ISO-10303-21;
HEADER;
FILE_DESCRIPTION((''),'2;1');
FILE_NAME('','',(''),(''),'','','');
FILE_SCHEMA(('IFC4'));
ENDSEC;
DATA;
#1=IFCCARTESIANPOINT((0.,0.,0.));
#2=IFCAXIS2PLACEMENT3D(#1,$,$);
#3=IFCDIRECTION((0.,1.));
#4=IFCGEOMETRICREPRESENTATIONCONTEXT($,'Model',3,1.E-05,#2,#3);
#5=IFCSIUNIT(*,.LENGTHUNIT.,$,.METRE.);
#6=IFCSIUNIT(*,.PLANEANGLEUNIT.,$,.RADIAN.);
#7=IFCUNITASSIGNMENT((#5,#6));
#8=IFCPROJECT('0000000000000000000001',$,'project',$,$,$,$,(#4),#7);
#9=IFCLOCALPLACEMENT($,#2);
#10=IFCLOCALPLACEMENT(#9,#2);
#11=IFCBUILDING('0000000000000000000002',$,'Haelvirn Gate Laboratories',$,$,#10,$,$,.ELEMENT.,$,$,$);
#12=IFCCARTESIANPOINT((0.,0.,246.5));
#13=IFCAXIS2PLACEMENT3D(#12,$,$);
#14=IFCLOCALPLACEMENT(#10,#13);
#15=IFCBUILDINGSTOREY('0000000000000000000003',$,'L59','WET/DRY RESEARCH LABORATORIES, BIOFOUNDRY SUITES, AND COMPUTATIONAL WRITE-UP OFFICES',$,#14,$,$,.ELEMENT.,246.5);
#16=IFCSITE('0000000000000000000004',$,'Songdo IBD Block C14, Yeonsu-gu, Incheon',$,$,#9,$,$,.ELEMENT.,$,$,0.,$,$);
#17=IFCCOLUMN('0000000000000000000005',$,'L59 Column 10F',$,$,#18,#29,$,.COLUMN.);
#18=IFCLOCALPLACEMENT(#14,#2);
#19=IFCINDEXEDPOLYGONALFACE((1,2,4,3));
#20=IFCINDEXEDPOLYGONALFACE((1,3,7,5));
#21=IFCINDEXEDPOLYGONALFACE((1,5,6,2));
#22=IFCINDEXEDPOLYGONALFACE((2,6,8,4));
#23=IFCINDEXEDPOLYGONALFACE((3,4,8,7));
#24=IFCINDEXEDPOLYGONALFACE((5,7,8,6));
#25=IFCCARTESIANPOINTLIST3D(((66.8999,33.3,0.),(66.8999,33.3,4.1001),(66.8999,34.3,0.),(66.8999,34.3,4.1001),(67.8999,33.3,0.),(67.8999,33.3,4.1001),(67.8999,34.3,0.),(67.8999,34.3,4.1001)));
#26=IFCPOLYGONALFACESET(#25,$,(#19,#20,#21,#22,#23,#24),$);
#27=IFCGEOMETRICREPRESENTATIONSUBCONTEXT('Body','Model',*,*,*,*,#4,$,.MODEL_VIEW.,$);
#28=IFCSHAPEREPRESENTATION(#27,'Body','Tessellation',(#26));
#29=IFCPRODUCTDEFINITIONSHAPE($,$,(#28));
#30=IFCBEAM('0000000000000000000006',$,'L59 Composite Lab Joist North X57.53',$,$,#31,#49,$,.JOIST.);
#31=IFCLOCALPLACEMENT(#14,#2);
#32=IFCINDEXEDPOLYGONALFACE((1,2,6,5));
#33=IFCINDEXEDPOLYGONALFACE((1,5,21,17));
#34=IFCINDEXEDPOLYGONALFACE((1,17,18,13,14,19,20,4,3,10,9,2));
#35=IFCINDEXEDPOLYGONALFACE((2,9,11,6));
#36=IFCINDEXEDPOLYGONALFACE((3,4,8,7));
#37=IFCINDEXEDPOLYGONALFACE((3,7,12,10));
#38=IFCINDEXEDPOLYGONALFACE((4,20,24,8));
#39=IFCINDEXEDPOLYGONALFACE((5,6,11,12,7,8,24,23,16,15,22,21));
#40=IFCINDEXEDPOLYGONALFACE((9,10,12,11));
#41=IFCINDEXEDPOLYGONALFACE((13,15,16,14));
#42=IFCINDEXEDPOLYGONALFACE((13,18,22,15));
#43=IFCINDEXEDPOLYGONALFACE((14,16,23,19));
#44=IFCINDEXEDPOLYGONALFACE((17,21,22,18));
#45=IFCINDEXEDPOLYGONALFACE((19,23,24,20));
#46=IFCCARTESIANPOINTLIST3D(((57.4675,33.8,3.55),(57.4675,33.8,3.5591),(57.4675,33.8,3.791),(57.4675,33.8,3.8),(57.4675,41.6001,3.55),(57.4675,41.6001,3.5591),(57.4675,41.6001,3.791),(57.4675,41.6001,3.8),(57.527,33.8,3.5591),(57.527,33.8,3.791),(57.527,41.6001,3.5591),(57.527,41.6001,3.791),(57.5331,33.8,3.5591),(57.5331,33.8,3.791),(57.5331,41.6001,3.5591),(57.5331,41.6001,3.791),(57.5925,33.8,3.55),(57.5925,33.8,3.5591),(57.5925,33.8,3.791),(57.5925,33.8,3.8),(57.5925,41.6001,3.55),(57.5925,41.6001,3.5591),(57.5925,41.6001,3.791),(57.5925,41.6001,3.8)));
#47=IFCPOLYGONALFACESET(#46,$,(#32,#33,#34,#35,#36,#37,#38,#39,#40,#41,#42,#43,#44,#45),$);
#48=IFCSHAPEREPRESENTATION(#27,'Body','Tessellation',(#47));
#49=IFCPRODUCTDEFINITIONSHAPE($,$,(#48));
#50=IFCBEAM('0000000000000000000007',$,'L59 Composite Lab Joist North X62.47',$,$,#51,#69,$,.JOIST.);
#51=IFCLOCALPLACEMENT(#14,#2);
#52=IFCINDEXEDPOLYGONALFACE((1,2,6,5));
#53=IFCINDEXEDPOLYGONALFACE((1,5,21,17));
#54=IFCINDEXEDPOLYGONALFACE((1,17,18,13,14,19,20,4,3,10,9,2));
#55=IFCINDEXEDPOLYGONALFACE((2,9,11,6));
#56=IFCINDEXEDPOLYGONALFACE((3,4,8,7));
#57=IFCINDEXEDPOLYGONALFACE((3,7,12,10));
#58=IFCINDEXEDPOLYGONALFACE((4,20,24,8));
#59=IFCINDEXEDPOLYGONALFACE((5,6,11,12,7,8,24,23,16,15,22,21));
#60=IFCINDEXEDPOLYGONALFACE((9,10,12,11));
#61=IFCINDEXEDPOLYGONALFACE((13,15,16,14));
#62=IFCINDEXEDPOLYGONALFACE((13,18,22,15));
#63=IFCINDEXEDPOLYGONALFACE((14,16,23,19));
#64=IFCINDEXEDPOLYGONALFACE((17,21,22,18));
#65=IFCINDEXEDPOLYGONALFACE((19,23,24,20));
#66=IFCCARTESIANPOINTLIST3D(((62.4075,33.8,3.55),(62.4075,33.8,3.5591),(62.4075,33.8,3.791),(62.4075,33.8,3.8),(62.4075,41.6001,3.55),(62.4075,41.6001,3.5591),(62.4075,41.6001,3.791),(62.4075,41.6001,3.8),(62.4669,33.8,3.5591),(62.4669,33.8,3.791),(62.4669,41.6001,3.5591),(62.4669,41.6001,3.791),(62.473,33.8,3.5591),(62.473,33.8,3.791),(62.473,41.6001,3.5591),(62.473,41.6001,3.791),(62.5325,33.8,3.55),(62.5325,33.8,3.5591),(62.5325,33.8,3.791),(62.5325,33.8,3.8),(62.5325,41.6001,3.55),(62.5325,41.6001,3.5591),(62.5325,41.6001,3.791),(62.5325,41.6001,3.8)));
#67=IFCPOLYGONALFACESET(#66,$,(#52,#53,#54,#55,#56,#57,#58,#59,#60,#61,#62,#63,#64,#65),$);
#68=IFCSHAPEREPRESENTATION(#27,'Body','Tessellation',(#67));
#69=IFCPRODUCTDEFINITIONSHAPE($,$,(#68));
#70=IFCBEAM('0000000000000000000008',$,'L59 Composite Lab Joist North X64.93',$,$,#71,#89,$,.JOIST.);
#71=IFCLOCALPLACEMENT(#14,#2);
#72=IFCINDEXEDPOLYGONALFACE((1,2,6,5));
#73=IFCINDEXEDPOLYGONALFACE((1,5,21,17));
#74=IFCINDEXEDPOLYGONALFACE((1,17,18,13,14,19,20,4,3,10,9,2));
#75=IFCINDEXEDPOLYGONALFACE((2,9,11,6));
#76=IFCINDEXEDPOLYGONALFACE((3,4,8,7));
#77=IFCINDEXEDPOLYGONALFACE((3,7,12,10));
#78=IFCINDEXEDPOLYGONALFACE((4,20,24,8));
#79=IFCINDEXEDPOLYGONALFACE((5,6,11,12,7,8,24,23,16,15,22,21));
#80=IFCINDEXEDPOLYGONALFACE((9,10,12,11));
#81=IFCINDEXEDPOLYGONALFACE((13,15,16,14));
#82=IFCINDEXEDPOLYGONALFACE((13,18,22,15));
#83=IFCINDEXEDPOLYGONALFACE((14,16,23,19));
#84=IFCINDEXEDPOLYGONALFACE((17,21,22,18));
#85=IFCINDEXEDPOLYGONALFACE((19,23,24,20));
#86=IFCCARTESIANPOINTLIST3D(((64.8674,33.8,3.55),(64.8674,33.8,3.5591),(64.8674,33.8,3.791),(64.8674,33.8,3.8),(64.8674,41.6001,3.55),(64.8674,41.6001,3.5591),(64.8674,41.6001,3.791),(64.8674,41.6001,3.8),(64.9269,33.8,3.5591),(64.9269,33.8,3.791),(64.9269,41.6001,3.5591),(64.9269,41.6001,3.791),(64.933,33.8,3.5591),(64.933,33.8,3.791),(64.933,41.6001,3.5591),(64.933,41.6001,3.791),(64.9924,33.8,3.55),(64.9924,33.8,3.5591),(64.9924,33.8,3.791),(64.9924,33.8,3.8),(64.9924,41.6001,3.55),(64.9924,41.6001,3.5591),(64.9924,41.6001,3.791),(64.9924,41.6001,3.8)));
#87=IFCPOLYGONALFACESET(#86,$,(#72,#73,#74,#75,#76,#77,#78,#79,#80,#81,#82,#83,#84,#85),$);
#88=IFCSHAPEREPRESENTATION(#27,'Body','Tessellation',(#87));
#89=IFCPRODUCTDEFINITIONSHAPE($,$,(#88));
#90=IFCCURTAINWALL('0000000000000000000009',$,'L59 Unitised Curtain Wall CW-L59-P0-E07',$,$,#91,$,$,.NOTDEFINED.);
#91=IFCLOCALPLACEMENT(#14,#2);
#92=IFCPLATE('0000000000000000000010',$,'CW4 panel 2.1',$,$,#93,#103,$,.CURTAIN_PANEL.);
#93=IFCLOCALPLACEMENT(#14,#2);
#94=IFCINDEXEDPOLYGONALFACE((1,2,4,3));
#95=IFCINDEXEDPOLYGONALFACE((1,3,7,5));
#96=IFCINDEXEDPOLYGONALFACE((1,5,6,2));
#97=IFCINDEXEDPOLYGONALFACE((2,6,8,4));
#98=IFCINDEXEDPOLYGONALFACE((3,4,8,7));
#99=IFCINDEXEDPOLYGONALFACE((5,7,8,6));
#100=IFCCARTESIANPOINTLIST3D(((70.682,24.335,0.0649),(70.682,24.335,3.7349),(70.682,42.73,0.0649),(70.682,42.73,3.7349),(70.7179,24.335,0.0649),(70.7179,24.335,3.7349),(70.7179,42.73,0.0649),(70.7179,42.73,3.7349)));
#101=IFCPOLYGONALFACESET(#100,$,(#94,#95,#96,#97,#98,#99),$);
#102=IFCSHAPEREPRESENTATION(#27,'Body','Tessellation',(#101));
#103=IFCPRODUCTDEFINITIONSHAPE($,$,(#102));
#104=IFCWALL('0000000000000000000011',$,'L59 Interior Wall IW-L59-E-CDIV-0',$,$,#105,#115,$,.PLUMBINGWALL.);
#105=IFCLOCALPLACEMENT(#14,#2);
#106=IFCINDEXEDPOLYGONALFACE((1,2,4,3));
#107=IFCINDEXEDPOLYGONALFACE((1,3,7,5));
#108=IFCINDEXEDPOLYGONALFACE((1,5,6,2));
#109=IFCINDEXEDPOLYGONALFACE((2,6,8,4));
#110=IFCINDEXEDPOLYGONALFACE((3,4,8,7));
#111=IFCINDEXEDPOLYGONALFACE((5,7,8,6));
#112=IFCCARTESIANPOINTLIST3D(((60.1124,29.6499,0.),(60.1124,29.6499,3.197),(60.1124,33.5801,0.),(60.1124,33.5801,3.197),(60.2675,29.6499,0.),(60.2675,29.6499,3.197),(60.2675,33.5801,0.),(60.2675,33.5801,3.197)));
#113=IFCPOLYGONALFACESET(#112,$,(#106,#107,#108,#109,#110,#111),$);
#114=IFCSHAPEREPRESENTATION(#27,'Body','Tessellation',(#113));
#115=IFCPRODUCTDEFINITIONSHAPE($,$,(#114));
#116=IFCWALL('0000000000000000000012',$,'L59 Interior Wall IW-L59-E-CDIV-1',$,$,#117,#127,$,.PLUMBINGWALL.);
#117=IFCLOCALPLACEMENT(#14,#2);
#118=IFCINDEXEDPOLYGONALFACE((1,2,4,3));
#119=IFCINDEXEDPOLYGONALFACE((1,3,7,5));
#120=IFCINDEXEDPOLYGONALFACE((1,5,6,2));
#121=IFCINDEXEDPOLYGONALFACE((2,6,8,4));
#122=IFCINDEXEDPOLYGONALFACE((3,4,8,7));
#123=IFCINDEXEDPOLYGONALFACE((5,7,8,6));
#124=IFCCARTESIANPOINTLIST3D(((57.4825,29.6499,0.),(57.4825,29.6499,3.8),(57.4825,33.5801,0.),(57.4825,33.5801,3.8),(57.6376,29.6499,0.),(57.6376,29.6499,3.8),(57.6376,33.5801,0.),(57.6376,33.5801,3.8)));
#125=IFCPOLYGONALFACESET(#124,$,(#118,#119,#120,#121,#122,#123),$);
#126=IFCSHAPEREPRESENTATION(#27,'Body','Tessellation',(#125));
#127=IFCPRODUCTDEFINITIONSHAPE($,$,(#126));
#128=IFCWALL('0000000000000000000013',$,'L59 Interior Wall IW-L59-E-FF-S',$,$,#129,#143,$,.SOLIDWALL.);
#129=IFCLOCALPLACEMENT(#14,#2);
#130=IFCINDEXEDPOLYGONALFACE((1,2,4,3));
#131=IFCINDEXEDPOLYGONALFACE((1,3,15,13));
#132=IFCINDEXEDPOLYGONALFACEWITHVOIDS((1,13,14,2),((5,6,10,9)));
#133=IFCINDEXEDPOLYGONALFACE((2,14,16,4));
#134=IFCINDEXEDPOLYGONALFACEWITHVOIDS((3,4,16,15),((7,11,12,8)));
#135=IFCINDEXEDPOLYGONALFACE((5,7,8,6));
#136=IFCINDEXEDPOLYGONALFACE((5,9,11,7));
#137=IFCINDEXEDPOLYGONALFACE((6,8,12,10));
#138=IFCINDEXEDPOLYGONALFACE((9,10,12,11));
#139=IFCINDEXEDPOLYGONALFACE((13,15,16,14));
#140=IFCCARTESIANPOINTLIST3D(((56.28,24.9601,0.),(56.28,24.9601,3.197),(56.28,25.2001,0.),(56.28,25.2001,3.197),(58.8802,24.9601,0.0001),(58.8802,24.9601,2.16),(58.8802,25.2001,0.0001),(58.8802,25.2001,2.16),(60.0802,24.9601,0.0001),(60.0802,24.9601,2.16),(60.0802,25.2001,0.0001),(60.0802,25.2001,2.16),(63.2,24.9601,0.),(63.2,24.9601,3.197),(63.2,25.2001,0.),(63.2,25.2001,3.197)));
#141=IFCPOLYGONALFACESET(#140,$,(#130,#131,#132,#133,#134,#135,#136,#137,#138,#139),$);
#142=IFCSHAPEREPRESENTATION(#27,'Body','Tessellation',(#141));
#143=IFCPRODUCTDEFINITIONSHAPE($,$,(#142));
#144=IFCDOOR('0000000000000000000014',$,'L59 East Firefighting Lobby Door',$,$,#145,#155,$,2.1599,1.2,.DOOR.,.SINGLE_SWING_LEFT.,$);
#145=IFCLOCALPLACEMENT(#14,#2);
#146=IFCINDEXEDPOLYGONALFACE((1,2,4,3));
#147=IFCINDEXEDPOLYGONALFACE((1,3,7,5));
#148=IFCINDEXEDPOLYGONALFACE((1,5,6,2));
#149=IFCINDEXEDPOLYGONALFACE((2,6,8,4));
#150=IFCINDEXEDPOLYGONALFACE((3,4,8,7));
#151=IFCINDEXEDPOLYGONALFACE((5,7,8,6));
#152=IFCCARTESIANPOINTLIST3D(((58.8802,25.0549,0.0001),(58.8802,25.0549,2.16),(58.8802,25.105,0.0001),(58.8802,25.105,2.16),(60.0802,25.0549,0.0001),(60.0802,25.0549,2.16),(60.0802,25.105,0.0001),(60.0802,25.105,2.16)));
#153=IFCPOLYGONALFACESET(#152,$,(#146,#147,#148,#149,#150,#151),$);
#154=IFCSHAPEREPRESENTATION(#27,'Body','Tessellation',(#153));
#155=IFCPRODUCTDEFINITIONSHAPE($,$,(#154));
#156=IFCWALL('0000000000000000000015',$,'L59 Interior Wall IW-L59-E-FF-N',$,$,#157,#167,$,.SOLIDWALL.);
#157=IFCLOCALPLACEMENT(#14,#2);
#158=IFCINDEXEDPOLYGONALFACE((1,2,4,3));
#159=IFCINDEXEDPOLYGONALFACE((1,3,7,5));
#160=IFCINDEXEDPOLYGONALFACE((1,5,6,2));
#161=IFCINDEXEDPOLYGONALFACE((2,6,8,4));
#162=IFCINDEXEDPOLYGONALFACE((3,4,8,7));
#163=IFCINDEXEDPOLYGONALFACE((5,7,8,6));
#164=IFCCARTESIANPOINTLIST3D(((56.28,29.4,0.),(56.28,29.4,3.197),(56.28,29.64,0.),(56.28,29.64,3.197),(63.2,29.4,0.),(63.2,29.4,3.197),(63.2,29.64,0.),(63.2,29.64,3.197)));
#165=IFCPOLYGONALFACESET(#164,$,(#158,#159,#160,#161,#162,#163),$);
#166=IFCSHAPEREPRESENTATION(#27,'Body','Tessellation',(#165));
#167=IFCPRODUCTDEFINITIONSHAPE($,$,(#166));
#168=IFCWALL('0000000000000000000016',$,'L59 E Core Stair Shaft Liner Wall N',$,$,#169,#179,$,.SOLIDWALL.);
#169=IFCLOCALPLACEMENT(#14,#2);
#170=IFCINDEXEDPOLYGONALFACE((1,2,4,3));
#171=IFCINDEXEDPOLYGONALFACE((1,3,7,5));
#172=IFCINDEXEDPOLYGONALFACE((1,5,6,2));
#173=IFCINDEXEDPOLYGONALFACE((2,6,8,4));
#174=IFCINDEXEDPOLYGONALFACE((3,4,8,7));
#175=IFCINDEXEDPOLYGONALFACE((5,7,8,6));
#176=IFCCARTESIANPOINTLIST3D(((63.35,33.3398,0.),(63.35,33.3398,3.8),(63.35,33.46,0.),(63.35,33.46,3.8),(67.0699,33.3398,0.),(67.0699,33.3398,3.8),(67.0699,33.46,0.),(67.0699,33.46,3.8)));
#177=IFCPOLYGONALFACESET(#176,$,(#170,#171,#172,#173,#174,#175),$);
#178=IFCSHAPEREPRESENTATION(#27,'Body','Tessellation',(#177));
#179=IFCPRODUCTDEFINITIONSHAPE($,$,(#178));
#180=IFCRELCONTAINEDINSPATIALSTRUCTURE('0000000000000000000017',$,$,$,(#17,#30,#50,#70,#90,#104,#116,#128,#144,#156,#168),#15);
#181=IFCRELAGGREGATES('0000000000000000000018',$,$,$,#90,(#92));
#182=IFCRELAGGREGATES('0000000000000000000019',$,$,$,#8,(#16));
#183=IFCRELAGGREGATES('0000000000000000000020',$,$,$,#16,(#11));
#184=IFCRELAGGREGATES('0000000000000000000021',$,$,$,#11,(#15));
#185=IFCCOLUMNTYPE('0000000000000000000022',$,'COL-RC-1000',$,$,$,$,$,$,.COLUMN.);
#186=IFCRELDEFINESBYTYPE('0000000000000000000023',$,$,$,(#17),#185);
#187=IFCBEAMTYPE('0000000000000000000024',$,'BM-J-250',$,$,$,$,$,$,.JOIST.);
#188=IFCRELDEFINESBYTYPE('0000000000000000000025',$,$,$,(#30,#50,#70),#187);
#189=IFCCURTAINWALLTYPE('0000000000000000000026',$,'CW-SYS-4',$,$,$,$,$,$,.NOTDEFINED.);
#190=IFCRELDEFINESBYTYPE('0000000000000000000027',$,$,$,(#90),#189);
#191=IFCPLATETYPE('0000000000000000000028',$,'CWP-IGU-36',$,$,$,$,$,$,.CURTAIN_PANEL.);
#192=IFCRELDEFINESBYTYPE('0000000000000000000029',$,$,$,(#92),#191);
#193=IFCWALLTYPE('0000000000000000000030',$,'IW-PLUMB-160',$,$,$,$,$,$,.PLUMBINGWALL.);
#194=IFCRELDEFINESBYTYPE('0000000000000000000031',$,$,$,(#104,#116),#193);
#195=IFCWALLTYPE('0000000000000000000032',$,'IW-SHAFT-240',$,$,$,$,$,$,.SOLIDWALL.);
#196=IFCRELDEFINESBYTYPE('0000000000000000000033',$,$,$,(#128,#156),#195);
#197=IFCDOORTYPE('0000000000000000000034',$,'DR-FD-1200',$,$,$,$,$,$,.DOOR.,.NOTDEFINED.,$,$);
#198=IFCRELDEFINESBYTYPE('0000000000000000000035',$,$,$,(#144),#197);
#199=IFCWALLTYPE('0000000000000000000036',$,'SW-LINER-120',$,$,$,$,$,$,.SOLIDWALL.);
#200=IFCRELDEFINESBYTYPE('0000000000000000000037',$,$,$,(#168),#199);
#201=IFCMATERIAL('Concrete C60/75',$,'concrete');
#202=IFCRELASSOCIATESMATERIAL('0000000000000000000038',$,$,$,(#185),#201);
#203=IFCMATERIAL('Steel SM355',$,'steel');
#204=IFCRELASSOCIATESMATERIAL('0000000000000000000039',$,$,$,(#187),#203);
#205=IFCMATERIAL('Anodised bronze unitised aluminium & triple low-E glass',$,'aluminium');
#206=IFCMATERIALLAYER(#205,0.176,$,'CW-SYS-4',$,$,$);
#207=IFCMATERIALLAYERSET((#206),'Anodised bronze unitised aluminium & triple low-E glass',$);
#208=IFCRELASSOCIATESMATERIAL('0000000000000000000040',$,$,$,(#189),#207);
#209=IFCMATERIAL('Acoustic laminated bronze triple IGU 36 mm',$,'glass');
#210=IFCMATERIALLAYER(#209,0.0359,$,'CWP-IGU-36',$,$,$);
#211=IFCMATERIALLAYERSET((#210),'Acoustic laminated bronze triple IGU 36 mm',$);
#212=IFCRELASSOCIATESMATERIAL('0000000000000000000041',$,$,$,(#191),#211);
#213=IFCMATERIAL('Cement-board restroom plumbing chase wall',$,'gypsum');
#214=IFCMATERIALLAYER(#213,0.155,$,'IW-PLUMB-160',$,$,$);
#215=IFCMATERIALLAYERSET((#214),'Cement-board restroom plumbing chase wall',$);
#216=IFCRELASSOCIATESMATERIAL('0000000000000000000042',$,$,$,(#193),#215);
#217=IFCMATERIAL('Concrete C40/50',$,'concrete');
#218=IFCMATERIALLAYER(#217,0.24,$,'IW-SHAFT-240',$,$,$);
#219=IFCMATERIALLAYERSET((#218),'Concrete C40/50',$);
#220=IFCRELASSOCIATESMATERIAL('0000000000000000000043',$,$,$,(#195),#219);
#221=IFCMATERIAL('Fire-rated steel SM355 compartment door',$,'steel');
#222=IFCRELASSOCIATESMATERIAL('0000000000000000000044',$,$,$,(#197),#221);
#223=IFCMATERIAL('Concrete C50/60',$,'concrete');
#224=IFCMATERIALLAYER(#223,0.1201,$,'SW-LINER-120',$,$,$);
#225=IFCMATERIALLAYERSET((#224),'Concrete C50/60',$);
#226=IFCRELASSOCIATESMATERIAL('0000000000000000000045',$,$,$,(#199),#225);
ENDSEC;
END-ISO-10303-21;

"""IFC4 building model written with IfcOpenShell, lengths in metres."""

from ifc_helpers import new_model, si_unit, direction, frame, frame_2d, origin, origin_2d, place, context, subcontext, project, spatial, rectangle, i_section, extrude, source, transform, mapped, material, layer, layer_set, material_profile, profile_set, type_object, type_shapes, element, fill, aggregate, save


model = new_model("IFC4")

# Units and contexts
model_context = context("Model", 3, precision=1e-05, world=origin(), true_north=direction((0.0, 1.0)))
body_context = subcontext(model_context, "Body", "Model", "MODEL_VIEW")
ifc_project = project(units=[si_unit("LENGTHUNIT", "METRE"), si_unit("PLANEANGLEUNIT", "RADIAN")], contexts=[model_context])

# Site, building, storey
site_placement = place(None, origin())
site = spatial("IfcSite", under=ifc_project, at=site_placement, Name="Songdo IBD Block C14, Yeonsu-gu, Incheon", CompositionType="ELEMENT", RefElevation=0.0)
building_placement = place(site_placement, origin())
building = spatial("IfcBuilding", under=site, at=building_placement, Name="Haelvirn Gate Laboratories", CompositionType="ELEMENT")
storey_placement = place(building_placement, frame((0.0, 0.0, 246.5)))
storey = spatial("IfcBuildingStorey", under=building, at=storey_placement, Name="L59", Description="WET/DRY RESEARCH LABORATORIES, BIOFOUNDRY SUITES, AND COMPUTATIONAL WRITE-UP OFFICES", CompositionType="ELEMENT", Elevation=246.5)

# Column
ifc_material_1 = material(Name="Concrete C60/75", Category="concrete")
ifc_material_profile_1 = material_profile(ifc_material_1, rectangle(XDim=1.0, YDim=1.0, at=origin_2d()), Name="RC-1000x1000")
ifc_profile_set_1 = profile_set([ifc_material_profile_1], Name="Concrete C60/75")
column_type = type_object("IfcColumnType", Name="COL-RC-1000", PredefinedType="COLUMN", material=ifc_profile_set_1)
shared_shape_1 = source(origin(), body_context, "Body", "SweptSolid", [
    extrude(rectangle(XDim=1.0, YDim=1.0, at=origin_2d()), origin(), (0.0, 0.0, 1.0), 4.1001),
])
type_shapes(column_type, [shared_shape_1])
column_placement = place(storey_placement, frame((67.3999, 33.8, 0.0), z_axis=(0.0, 0.0, 1.0), x_axis=(1.0, 0.0, 0.0)))
element("IfcColumn", 1, at=column_placement, inside=storey, type_object=column_type, Name="L59 Column 10F", PredefinedType="COLUMN", context=body_context, shape_type="MappedRepresentation", body=[
    mapped(shared_shape_1, transform((0.0, 0.0, 0.0), scale=1.0)),
])

# Beams
ifc_material_2 = material(Name="Steel SM355", Category="steel")
ifc_material_profile_2 = material_profile(ifc_material_2, i_section(OverallWidth=0.125, OverallDepth=0.25, WebThickness=0.0061, FlangeThickness=0.009, at=origin_2d()), Name="H-250x125x6x9")
ifc_profile_set_2 = profile_set([ifc_material_profile_2], Name="Steel SM355")
beam_type = type_object("IfcBeamType", Name="BM-J-250", PredefinedType="JOIST", material=ifc_profile_set_2)
shared_shape_2 = source(origin(), body_context, "Body", "SweptSolid", [
    extrude(i_section(OverallWidth=0.125, OverallDepth=0.25, WebThickness=0.0061, FlangeThickness=0.009, at=origin_2d()), origin(), (0.0, 0.0, 1.0), 7.8),
])
type_shapes(beam_type, [shared_shape_2])
for number, where, z_axis, x_axis, name in (
    (2, (57.53, 33.8, 3.675), (0.0, 1.0, 0.0), (-1.0, 0.0, 0.0), "L59 Composite Lab Joist North X57.53"),
    (3, (62.47, 33.8, 3.675), (0.0, 1.0, 0.0), (-1.0, 0.0, 0.0), "L59 Composite Lab Joist North X62.47"),
    (4, (64.9299, 33.8, 3.675), (0.0, 1.0, 0.0), (-1.0, 0.0, 0.0), "L59 Composite Lab Joist North X64.93"),
):
    element("IfcBeam", number, at=place(storey_placement, frame(where, z_axis=z_axis, x_axis=x_axis)), inside=storey, type_object=beam_type, Name=name, PredefinedType="JOIST", context=body_context, shape_type="MappedRepresentation", body=[
        mapped(shared_shape_2, transform((0.0, 0.0, 0.0), scale=1.0)),
    ])

# Curtain wall, plate
ifc_material_3 = material(Name="Anodised bronze unitised aluminium & triple low-E glass", Category="aluminium")
ifc_layer_1 = layer(ifc_material_3, 0.176, Name="CW-SYS-4")
ifc_layer_set_1 = layer_set([ifc_layer_1], Name="Anodised bronze unitised aluminium & triple low-E glass")
curtain_wall_type = type_object("IfcCurtainWallType", Name="CW-SYS-4", PredefinedType="NOTDEFINED", material=ifc_layer_set_1)
curtain_wall_placement = place(storey_placement, origin())
curtain_wall = element("IfcCurtainWall", 5, at=curtain_wall_placement, inside=storey, type_object=curtain_wall_type, Name="L59 Unitised Curtain Wall CW-L59-P0-E07", PredefinedType="NOTDEFINED")
ifc_material_4 = material(Name="Acoustic laminated bronze triple IGU 36 mm", Category="glass")
ifc_layer_2 = layer(ifc_material_4, 0.0359, Name="CWP-IGU-36")
ifc_layer_set_2 = layer_set([ifc_layer_2], Name="Acoustic laminated bronze triple IGU 36 mm")
plate_type = type_object("IfcPlateType", Name="CWP-IGU-36", PredefinedType="CURTAIN_PANEL", material=ifc_layer_set_2)
shared_shape_3 = source(origin(), body_context, "Body", "SweptSolid", [
    extrude(rectangle(XDim=18.395, YDim=0.0359, at=origin_2d()), origin(), (0.0, 0.0, 1.0), 3.6699),
])
type_shapes(plate_type, [shared_shape_3])
plate_placement = place(storey_placement, frame((70.7, 33.5325, 0.0649), z_axis=(0.0, 0.0, 1.0), x_axis=(0.0, 1.0, 0.0)))
plate = element("IfcPlate", 6, at=plate_placement, type_object=plate_type, Name="CW4 panel 2.1", PredefinedType="CURTAIN_PANEL", context=body_context, shape_type="MappedRepresentation", body=[
    mapped(shared_shape_3, transform((0.0, 0.0, 0.0), scale=1.0)),
])
aggregate(curtain_wall, [plate])

# Walls
ifc_material_5 = material(Name="Cement-board restroom plumbing chase wall", Category="gypsum")
ifc_layer_3 = layer(ifc_material_5, 0.155, Name="IW-PLUMB-160")
ifc_layer_set_3 = layer_set([ifc_layer_3], Name="Cement-board restroom plumbing chase wall")
wall_type_1 = type_object("IfcWallType", Name="IW-PLUMB-160", PredefinedType="PLUMBINGWALL", material=ifc_layer_set_3)
wall_1_placement = place(storey_placement, frame((60.1899, 29.6499, 0.0), z_axis=(0.0, 0.0, 1.0), x_axis=(0.0, 1.0, 0.0)))
element("IfcWall", 7, at=wall_1_placement, inside=storey, type_object=wall_type_1, Name="L59 Interior Wall IW-L59-E-CDIV-0", PredefinedType="PLUMBINGWALL", context=body_context, shape_type="SweptSolid", body=[
    extrude(rectangle(XDim=3.9302, YDim=0.155, at=frame_2d((1.9651, 0.0))), origin(), (0.0, 0.0, 1.0), 3.197),
])
wall_2_placement = place(storey_placement, frame((57.5601, 29.6499, 0.0), z_axis=(0.0, 0.0, 1.0), x_axis=(0.0, 1.0, 0.0)))
element("IfcWall", 8, at=wall_2_placement, inside=storey, type_object=wall_type_1, Name="L59 Interior Wall IW-L59-E-CDIV-1", PredefinedType="PLUMBINGWALL", context=body_context, shape_type="SweptSolid", body=[
    extrude(rectangle(XDim=3.9302, YDim=0.155, at=frame_2d((1.9651, 0.0))), origin(), (0.0, 0.0, 1.0), 3.8),
])

# Wall, opening, door
ifc_material_6 = material(Name="Concrete C40/50", Category="concrete")
ifc_layer_4 = layer(ifc_material_6, 0.24, Name="IW-SHAFT-240")
ifc_layer_set_4 = layer_set([ifc_layer_4], Name="Concrete C40/50")
wall_type_2 = type_object("IfcWallType", Name="IW-SHAFT-240", PredefinedType="SOLIDWALL", material=ifc_layer_set_4)
wall_3_placement = place(storey_placement, frame((56.28, 25.0801, 0.0), z_axis=(0.0, 0.0, 1.0), x_axis=(1.0, 0.0, 0.0)))
wall_3 = element("IfcWall", 9, at=wall_3_placement, inside=storey, type_object=wall_type_2, Name="L59 Interior Wall IW-L59-E-FF-S", PredefinedType="SOLIDWALL", context=body_context, shape_type="SweptSolid", body=[
    extrude(rectangle(XDim=6.9199, YDim=0.24, at=frame_2d((3.46, 0.0))), origin(), (0.0, 0.0, 1.0), 3.197),
])
opening_1_placement = place(wall_3_placement, frame((2.6001, 0.0, 0.0)))
opening_1 = element("IfcOpeningElement", 10, at=opening_1_placement, cuts=wall_3, PredefinedType="OPENING", context=body_context, shape_type="SweptSolid", body=[
    extrude(rectangle(XDim=1.2, YDim=2.1599, at=frame_2d((0.6001, 1.0801))), frame((0.0, 0.1299, 0.0), z_axis=(0.0, -1.0, 0.0), x_axis=(1.0, 0.0, 0.0)), (0.0, 0.0, 1.0), 0.26),
])
ifc_material_7 = material(Name="Fire-rated steel SM355 compartment door", Category="steel")
door_type_1 = type_object("IfcDoorType", Name="DR-FD-1200", OperationType="NOTDEFINED", PredefinedType="DOOR", material=ifc_material_7)
shared_shape_4 = source(origin(), body_context, "Body", "SweptSolid", [
    extrude(rectangle(XDim=1.2, YDim=2.1599, at=frame_2d((0.6001, 1.0801))), frame((0.0, 0.0249, 0.0), z_axis=(0.0, -1.0, 0.0), x_axis=(1.0, 0.0, 0.0)), (0.0, 0.0, 1.0), 0.05),
])
type_shapes(door_type_1, [shared_shape_4])
door_1_placement = place(opening_1_placement, origin())
door_1 = element("IfcDoor", 11, at=door_1_placement, inside=storey, type_object=door_type_1, Name="L59 East Firefighting Lobby Door", OperationType="SINGLE_SWING_LEFT", OverallHeight=2.1599, OverallWidth=1.2, PredefinedType="DOOR", context=body_context, shape_type="MappedRepresentation", body=[
    mapped(shared_shape_4, transform((0.0, 0.0, 0.0), scale=1.0)),
])
fill(opening_1, door_1)

# Walls
wall_4_placement = place(storey_placement, frame((56.28, 29.52, 0.0), z_axis=(0.0, 0.0, 1.0), x_axis=(1.0, 0.0, 0.0)))
element("IfcWall", 12, at=wall_4_placement, inside=storey, type_object=wall_type_2, Name="L59 Interior Wall IW-L59-E-FF-N", PredefinedType="SOLIDWALL", context=body_context, shape_type="SweptSolid", body=[
    extrude(rectangle(XDim=6.9199, YDim=0.24, at=frame_2d((3.46, 0.0))), origin(), (0.0, 0.0, 1.0), 3.197),
])
ifc_material_8 = material(Name="Concrete C50/60", Category="concrete")
ifc_layer_5 = layer(ifc_material_8, 0.1201, Name="SW-LINER-120")
ifc_layer_set_5 = layer_set([ifc_layer_5], Name="Concrete C50/60")
wall_type_3 = type_object("IfcWallType", Name="SW-LINER-120", PredefinedType="SOLIDWALL", material=ifc_layer_set_5)
wall_5_placement = place(storey_placement, frame((63.3501, 33.3999, 0.0), z_axis=(0.0, 0.0, 1.0), x_axis=(1.0, 0.0, 0.0)))
element("IfcWall", 13, at=wall_5_placement, inside=storey, type_object=wall_type_3, Name="L59 E Core Stair Shaft Liner Wall N", PredefinedType="SOLIDWALL", context=body_context, shape_type="SweptSolid", body=[
    extrude(rectangle(XDim=3.72, YDim=0.1201, at=frame_2d((1.8599, 0.0))), origin(), (0.0, 0.0, 1.0), 3.8),
])

save(model, "model.ifc")
